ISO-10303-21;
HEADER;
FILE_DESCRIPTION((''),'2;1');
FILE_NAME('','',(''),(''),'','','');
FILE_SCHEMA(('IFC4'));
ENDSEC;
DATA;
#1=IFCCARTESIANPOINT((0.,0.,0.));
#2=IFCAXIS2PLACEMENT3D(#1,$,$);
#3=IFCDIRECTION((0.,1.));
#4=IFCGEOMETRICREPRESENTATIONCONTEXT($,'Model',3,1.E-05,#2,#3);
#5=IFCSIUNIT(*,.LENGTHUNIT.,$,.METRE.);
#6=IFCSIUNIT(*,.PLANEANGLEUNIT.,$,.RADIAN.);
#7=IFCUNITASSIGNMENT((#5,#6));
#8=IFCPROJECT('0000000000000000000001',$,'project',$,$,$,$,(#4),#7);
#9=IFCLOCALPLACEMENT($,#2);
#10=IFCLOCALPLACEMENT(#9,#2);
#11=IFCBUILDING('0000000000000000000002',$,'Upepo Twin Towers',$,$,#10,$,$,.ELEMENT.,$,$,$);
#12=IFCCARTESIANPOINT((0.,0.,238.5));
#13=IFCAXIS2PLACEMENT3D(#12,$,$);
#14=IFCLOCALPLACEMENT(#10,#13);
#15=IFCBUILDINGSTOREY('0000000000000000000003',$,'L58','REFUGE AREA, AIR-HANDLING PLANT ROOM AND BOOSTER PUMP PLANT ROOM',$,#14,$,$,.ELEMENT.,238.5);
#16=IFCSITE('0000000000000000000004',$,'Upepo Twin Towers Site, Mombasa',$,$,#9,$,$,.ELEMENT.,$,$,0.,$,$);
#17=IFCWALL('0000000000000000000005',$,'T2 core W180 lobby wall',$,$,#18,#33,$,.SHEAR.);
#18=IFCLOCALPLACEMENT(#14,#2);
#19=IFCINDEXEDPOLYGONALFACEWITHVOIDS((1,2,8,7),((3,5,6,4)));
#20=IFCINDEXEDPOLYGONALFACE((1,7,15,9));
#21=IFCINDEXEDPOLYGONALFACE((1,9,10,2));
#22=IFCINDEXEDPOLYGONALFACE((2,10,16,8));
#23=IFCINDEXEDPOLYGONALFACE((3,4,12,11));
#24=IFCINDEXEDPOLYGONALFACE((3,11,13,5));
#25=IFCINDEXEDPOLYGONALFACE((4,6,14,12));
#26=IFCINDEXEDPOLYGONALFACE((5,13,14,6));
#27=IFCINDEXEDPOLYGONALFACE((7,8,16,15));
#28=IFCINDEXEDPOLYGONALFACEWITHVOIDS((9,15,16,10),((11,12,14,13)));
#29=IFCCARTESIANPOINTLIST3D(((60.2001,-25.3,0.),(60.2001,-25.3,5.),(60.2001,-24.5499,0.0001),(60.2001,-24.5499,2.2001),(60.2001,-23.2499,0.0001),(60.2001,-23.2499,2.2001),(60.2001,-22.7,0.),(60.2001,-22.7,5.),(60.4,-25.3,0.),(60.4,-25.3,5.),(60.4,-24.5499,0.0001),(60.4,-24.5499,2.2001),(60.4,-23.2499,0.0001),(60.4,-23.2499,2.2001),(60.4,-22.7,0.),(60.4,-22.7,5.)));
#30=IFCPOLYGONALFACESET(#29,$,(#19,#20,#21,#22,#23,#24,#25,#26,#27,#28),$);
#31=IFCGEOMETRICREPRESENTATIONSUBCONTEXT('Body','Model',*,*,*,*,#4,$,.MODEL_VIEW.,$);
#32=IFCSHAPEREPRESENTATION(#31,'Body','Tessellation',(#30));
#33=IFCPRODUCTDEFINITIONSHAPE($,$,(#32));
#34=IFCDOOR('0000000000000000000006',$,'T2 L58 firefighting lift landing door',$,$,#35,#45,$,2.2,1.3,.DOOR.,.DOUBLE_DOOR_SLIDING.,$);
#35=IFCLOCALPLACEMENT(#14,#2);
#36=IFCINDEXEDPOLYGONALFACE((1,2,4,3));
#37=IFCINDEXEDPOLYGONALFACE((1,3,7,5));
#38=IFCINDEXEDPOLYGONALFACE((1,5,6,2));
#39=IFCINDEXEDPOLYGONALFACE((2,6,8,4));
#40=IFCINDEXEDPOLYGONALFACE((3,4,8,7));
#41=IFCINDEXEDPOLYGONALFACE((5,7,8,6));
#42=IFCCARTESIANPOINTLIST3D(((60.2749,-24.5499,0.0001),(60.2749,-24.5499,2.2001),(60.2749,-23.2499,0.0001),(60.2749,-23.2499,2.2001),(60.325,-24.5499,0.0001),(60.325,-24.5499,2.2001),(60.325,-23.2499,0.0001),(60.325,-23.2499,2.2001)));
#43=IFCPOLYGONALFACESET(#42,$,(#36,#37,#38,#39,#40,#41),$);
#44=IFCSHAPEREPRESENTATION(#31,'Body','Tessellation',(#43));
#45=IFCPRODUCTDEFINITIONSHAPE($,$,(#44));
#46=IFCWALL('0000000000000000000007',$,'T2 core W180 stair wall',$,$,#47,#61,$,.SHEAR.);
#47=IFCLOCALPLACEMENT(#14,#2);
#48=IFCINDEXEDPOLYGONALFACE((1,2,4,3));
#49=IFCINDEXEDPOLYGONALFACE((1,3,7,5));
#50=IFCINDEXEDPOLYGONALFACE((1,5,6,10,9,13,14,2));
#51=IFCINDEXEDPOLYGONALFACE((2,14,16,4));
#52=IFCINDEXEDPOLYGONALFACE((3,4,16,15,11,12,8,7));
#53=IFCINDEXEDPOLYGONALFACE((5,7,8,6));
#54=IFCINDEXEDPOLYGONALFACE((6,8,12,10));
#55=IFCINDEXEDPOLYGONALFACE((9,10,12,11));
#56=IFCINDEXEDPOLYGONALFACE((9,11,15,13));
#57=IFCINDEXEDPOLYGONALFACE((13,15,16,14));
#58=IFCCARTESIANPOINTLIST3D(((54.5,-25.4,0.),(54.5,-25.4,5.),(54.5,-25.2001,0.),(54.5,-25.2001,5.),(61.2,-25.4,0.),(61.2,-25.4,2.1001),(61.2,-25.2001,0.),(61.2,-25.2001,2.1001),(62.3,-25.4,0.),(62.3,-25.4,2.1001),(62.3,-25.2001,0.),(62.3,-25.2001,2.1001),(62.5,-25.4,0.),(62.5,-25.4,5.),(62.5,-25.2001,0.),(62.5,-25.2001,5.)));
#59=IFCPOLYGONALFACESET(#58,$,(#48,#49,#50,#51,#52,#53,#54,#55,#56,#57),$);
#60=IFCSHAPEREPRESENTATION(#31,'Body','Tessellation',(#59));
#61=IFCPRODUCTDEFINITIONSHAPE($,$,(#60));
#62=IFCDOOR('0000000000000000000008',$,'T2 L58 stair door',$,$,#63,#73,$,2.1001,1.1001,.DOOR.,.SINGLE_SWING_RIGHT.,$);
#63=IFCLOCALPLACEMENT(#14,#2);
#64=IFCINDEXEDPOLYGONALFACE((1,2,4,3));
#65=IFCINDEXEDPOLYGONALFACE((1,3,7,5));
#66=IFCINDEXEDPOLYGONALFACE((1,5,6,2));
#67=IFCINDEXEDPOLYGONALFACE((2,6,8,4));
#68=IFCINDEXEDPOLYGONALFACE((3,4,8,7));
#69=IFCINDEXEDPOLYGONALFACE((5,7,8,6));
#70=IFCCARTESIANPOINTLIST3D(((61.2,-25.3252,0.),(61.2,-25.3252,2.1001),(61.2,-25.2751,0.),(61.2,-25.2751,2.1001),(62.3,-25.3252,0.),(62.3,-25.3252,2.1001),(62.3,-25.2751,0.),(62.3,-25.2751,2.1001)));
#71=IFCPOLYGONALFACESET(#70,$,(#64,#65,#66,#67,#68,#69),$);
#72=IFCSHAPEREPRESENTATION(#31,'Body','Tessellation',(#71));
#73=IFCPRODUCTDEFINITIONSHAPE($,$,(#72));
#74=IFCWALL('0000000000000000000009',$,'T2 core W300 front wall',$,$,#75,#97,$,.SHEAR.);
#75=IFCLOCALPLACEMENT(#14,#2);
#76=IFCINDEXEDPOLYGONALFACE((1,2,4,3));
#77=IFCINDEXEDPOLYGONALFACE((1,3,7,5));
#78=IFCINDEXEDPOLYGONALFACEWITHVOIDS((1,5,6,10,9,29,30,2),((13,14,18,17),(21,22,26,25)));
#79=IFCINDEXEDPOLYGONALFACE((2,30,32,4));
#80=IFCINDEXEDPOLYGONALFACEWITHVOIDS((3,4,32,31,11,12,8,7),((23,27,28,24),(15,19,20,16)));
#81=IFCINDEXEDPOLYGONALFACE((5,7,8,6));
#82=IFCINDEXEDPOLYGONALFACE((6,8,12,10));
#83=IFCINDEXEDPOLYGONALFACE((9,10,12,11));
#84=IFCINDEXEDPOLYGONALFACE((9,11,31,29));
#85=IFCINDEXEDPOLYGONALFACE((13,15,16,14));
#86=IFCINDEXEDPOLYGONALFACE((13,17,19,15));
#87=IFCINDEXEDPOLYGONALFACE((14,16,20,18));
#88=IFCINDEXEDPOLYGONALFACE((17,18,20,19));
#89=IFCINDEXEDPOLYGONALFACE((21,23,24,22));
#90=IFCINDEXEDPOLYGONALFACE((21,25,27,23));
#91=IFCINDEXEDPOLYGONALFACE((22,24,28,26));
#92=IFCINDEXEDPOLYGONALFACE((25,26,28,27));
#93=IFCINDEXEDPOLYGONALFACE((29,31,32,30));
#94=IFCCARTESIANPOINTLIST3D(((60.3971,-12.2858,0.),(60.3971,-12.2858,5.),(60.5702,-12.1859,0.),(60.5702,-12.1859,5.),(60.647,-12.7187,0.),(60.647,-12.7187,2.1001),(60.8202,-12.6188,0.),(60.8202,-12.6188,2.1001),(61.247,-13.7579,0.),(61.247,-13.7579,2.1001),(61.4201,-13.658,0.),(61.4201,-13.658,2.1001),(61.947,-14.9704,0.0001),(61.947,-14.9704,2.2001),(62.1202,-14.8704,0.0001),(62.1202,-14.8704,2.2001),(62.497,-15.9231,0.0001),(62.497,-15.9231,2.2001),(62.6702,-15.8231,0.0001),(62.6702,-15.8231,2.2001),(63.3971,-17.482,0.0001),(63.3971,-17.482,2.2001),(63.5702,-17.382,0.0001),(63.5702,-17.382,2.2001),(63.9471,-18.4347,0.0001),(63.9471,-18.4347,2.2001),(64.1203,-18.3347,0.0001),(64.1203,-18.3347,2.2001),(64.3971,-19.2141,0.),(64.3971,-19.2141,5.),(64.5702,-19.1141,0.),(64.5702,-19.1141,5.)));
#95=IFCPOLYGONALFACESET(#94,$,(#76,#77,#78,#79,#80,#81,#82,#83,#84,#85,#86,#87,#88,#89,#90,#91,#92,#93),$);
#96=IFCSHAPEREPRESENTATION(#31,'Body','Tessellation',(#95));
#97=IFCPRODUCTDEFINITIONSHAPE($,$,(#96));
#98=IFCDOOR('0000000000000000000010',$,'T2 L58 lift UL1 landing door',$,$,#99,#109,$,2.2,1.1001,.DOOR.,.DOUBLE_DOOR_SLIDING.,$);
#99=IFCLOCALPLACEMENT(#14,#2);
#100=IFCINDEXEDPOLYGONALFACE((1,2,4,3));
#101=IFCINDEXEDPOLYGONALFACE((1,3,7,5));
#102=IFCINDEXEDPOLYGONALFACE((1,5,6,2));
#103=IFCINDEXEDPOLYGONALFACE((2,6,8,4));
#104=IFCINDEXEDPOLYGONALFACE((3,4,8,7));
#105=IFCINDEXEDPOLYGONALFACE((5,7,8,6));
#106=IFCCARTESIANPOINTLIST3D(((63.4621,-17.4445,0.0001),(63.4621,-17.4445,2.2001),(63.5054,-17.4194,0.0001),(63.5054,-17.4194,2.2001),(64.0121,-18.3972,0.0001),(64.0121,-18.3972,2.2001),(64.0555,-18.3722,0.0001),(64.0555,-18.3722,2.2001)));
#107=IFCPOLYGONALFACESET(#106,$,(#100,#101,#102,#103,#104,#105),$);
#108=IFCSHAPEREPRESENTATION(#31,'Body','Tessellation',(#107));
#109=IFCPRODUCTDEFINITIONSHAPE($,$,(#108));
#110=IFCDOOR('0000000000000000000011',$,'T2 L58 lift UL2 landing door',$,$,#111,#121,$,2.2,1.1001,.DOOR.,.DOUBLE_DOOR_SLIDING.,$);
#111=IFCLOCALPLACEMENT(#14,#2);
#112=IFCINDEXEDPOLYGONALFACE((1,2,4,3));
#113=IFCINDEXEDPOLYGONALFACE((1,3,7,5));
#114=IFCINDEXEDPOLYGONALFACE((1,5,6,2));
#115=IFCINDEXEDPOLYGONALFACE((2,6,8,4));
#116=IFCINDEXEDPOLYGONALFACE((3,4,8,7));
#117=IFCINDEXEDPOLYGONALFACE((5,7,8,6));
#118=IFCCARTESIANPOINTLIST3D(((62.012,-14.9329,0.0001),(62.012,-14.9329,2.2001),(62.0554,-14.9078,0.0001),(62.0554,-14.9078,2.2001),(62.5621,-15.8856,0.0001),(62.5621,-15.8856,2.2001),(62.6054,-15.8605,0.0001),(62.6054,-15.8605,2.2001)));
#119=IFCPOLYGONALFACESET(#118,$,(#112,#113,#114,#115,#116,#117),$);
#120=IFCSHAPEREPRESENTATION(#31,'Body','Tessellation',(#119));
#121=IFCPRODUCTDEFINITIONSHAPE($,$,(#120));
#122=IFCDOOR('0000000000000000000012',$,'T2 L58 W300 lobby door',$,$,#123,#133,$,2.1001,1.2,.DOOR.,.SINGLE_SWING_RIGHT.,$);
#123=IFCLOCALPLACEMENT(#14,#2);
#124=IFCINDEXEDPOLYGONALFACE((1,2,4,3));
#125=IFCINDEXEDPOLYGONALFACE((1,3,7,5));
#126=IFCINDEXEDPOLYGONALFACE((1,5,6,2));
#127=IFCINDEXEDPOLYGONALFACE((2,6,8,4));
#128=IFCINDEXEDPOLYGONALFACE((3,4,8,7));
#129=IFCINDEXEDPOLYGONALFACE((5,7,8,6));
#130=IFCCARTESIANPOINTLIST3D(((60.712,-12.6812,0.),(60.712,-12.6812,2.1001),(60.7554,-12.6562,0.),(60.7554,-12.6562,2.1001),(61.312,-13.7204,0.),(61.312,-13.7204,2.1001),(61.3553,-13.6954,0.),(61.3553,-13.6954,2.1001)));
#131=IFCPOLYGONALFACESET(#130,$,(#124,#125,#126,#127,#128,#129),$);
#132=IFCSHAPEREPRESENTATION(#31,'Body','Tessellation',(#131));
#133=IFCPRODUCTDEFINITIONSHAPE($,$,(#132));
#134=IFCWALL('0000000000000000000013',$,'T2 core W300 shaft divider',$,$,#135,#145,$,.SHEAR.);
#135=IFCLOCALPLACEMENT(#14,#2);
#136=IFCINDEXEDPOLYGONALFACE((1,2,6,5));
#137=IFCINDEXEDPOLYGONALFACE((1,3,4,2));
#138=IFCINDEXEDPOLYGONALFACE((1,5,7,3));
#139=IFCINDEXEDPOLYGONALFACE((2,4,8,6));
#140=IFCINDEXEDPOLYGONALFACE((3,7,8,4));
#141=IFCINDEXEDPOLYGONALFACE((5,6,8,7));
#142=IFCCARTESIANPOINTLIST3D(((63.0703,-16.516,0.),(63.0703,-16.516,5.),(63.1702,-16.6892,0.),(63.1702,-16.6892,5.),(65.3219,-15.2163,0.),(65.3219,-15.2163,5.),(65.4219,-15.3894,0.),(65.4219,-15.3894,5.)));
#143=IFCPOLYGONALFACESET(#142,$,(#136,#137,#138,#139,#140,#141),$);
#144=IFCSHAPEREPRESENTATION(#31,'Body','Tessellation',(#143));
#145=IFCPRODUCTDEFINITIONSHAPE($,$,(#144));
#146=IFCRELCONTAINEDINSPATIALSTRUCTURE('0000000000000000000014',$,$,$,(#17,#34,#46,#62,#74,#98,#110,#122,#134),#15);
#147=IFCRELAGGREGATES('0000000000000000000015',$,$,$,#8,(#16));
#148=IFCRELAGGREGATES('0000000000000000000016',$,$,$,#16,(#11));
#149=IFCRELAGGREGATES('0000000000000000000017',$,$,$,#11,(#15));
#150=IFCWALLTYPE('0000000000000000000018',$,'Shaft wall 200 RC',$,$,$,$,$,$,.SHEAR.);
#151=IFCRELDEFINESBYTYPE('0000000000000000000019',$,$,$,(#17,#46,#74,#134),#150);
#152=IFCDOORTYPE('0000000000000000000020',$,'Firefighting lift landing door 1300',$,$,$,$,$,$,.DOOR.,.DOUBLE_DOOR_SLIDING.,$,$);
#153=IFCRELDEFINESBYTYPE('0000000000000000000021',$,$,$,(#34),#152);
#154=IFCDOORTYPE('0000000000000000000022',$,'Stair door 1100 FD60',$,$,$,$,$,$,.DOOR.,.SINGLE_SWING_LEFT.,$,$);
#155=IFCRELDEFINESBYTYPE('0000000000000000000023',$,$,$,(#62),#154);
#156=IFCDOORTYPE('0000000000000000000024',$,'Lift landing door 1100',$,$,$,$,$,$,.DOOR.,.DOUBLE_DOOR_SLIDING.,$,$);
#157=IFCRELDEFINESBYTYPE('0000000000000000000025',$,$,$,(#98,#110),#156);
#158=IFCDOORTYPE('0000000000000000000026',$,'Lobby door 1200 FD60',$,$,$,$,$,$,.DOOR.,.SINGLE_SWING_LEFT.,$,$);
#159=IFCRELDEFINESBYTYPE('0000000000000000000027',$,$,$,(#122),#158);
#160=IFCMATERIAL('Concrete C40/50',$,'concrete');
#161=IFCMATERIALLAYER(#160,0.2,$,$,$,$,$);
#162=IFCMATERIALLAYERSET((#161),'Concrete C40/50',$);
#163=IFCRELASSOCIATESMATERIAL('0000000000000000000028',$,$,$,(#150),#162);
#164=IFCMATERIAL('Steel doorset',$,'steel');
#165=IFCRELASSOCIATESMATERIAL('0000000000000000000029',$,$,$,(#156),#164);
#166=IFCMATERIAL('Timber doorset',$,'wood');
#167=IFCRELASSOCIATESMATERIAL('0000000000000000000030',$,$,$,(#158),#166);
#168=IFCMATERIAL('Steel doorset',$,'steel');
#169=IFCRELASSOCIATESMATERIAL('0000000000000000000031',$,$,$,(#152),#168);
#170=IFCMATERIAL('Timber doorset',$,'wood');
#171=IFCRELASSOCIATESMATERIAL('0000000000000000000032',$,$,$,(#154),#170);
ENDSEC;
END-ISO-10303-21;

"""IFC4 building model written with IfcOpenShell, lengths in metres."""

from ifc_helpers import new_model, si_unit, direction, frame, frame_2d, origin, place, context, subcontext, project, spatial, rectangle, extrude, material, layer, layer_set, type_object, element, fill, save


model = new_model("IFC4")

# Units and contexts
model_context = context("Model", 3, precision=1e-05, world=origin(), true_north=direction((0.0, 1.0)))
body_context = subcontext(model_context, "Body", "Model", "MODEL_VIEW")
ifc_project = project(units=[si_unit("LENGTHUNIT", "METRE"), si_unit("PLANEANGLEUNIT", "RADIAN")], contexts=[model_context])

# Site, building, storey
site_placement = place(None, origin())
site = spatial("IfcSite", under=ifc_project, at=site_placement, Name="Upepo Twin Towers Site, Mombasa", CompositionType="ELEMENT", RefElevation=0.0)
building_placement = place(site_placement, origin())
building = spatial("IfcBuilding", under=site, at=building_placement, Name="Upepo Twin Towers", CompositionType="ELEMENT")
storey_placement = place(building_placement, frame((0.0, 0.0, 238.5)))
storey = spatial("IfcBuildingStorey", under=building, at=storey_placement, Name="L58", Description="REFUGE AREA, AIR-HANDLING PLANT ROOM AND BOOSTER PUMP PLANT ROOM", CompositionType="ELEMENT", Elevation=238.5)

# Shared definitions
ifc_material_1 = material(Name="Concrete C40/50", Category="concrete")
ifc_layer_1 = layer(ifc_material_1, 0.2)
ifc_layer_set_1 = layer_set([ifc_layer_1], Name="Concrete C40/50")
wall_type_1 = type_object("IfcWallType", Name="Shaft wall 200 RC", PredefinedType="SHEAR", material=ifc_layer_set_1)

# Shared definitions
ifc_material_2 = material(Name="Steel doorset", Category="steel")
door_type_1 = type_object("IfcDoorType", Name="Lift landing door 1100", OperationType="DOUBLE_DOOR_SLIDING", PredefinedType="DOOR", material=ifc_material_2)
ifc_material_3 = material(Name="Timber doorset", Category="wood")
door_type_2 = type_object("IfcDoorType", Name="Lobby door 1200 FD60", OperationType="SINGLE_SWING_LEFT", PredefinedType="DOOR", material=ifc_material_3)

# Walls, openings, doors
wall_1_placement = place(storey_placement, frame((60.3, -22.7, 0.0), z_axis=(0.0, 0.0, 1.0), x_axis=(0.0, -1.0, 0.0)))
wall_1 = element("IfcWall", 1, at=wall_1_placement, inside=storey, type_object=wall_type_1, Name="T2 core W180 lobby wall", PredefinedType="SHEAR", context=body_context, shape_type="SweptSolid", body=[
    extrude(rectangle(XDim=2.6001, YDim=0.2, at=frame_2d((1.3, 0.0))), origin(), (0.0, 0.0, 1.0), 5.0),
])
opening_1_placement = place(wall_1_placement, frame((0.55, 0.0, 0.0)))
opening_1 = element("IfcOpeningElement", 2, at=opening_1_placement, cuts=wall_1, PredefinedType="OPENING", context=body_context, shape_type="SweptSolid", body=[
    extrude(rectangle(XDim=1.3, YDim=2.2, at=frame_2d((0.6499, 1.1001))), frame((0.0, 0.1099, 0.0), z_axis=(0.0, -1.0, 0.0), x_axis=(1.0, 0.0, 0.0)), (0.0, 0.0, 1.0), 0.22),
])
ifc_material_4 = material(Name="Steel doorset", Category="steel")
door_type_3 = type_object("IfcDoorType", Name="Firefighting lift landing door 1300", OperationType="DOUBLE_DOOR_SLIDING", PredefinedType="DOOR", material=ifc_material_4)
door_1_placement = place(opening_1_placement, origin())
door_1 = element("IfcDoor", 3, at=door_1_placement, inside=storey, type_object=door_type_3, Name="T2 L58 firefighting lift landing door", OperationType="DOUBLE_DOOR_SLIDING", OverallHeight=2.2, OverallWidth=1.3, PredefinedType="DOOR", context=body_context, shape_type="SweptSolid", body=[
    extrude(rectangle(XDim=1.3, YDim=2.2, at=frame_2d((0.6499, 1.1001))), frame((0.0, 0.0249, 0.0), z_axis=(0.0, -1.0, 0.0), x_axis=(1.0, 0.0, 0.0)), (0.0, 0.0, 1.0), 0.05),
])
fill(opening_1, door_1)
wall_2_placement = place(storey_placement, frame((54.5, -25.3, 0.0), z_axis=(0.0, 0.0, 1.0), x_axis=(1.0, 0.0, 0.0)))
wall_2 = element("IfcWall", 4, at=wall_2_placement, inside=storey, type_object=wall_type_1, Name="T2 core W180 stair wall", PredefinedType="SHEAR", context=body_context, shape_type="SweptSolid", body=[
    extrude(rectangle(XDim=8.0, YDim=0.2, at=frame_2d((4.0, 0.0))), origin(), (0.0, 0.0, 1.0), 5.0),
])
opening_2_placement = place(wall_2_placement, frame((6.7, 0.0, 0.0)))
opening_2 = element("IfcOpeningElement", 5, at=opening_2_placement, cuts=wall_2, PredefinedType="OPENING", context=body_context, shape_type="SweptSolid", body=[
    extrude(rectangle(XDim=1.1001, YDim=2.1001, at=frame_2d((0.55, 1.05))), frame((0.0, 0.1099, 0.0), z_axis=(0.0, -1.0, 0.0), x_axis=(1.0, 0.0, 0.0)), (0.0, 0.0, 1.0), 0.22),
])
ifc_material_5 = material(Name="Timber doorset", Category="wood")
door_type_4 = type_object("IfcDoorType", Name="Stair door 1100 FD60", OperationType="SINGLE_SWING_LEFT", PredefinedType="DOOR", material=ifc_material_5)
door_2_placement = place(opening_2_placement, origin())
door_2 = element("IfcDoor", 6, at=door_2_placement, inside=storey, type_object=door_type_4, Name="T2 L58 stair door", OperationType="SINGLE_SWING_RIGHT", OverallHeight=2.1001, OverallWidth=1.1001, PredefinedType="DOOR", context=body_context, shape_type="SweptSolid", body=[
    extrude(rectangle(XDim=1.1001, YDim=2.1001, at=frame_2d((0.55, 1.05))), frame((0.0, 0.0249, 0.0), z_axis=(0.0, -1.0, 0.0), x_axis=(1.0, 0.0, 0.0)), (0.0, 0.0, 1.0), 0.05),
])
fill(opening_2, door_2)

# Wall, openings, doors
wall_3_placement = place(storey_placement, frame((64.4836, -19.1641, 0.0), z_axis=(0.0, 0.0, 1.0), x_axis=(-0.499999, 0.866026, 0.0)))
wall_3 = element("IfcWall", 7, at=wall_3_placement, inside=storey, type_object=wall_type_1, Name="T2 core W300 front wall", PredefinedType="SHEAR", context=body_context, shape_type="SweptSolid", body=[
    extrude(rectangle(XDim=8.0, YDim=0.2, at=frame_2d((4.0, 0.0))), origin(), (0.0, 0.0, 1.0), 5.0),
])
opening_3_placement = place(wall_3_placement, frame((6.3, 0.0, 0.0)))
opening_3 = element("IfcOpeningElement", 8, at=opening_3_placement, cuts=wall_3, PredefinedType="OPENING", context=body_context, shape_type="SweptSolid", body=[
    extrude(rectangle(XDim=1.2, YDim=2.1001, at=frame_2d((0.6001, 1.05))), frame((0.0, 0.1099, 0.0), z_axis=(0.0, -1.0, 0.0), x_axis=(1.0, 0.0, 0.0)), (0.0, 0.0, 1.0), 0.22),
])
opening_4_placement = place(wall_3_placement, frame((0.8999, 0.0, 0.0)))
opening_4 = element("IfcOpeningElement", 9, at=opening_4_placement, cuts=wall_3, PredefinedType="OPENING", context=body_context, shape_type="SweptSolid", body=[
    extrude(rectangle(XDim=1.1001, YDim=2.2, at=frame_2d((0.55, 1.1001))), frame((0.0, 0.1099, 0.0), z_axis=(0.0, -1.0, 0.0), x_axis=(1.0, 0.0, 0.0)), (0.0, 0.0, 1.0), 0.22),
])
opening_5_placement = place(wall_3_placement, frame((3.8, 0.0, 0.0)))
opening_5 = element("IfcOpeningElement", 10, at=opening_5_placement, cuts=wall_3, PredefinedType="OPENING", context=body_context, shape_type="SweptSolid", body=[
    extrude(rectangle(XDim=1.1001, YDim=2.2, at=frame_2d((0.55, 1.1001))), frame((0.0, 0.1099, 0.0), z_axis=(0.0, -1.0, 0.0), x_axis=(1.0, 0.0, 0.0)), (0.0, 0.0, 1.0), 0.22),
])
door_3_placement = place(opening_4_placement, origin())
door_3 = element("IfcDoor", 11, at=door_3_placement, inside=storey, type_object=door_type_1, Name="T2 L58 lift UL1 landing door", OperationType="DOUBLE_DOOR_SLIDING", OverallHeight=2.2, OverallWidth=1.1001, PredefinedType="DOOR", context=body_context, shape_type="SweptSolid", body=[
    extrude(rectangle(XDim=1.1001, YDim=2.2, at=frame_2d((0.55, 1.1001))), frame((0.0, 0.0249, 0.0), z_axis=(0.0, -1.0, 0.0), x_axis=(1.0, 0.0, 0.0)), (0.0, 0.0, 1.0), 0.05),
])
fill(opening_4, door_3)
door_4_placement = place(opening_5_placement, origin())
door_4 = element("IfcDoor", 12, at=door_4_placement, inside=storey, type_object=door_type_1, Name="T2 L58 lift UL2 landing door", OperationType="DOUBLE_DOOR_SLIDING", OverallHeight=2.2, OverallWidth=1.1001, PredefinedType="DOOR", context=body_context, shape_type="SweptSolid", body=[
    extrude(rectangle(XDim=1.1001, YDim=2.2, at=frame_2d((0.55, 1.1001))), frame((0.0, 0.0249, 0.0), z_axis=(0.0, -1.0, 0.0), x_axis=(1.0, 0.0, 0.0)), (0.0, 0.0, 1.0), 0.05),
])
fill(opening_5, door_4)
door_5_placement = place(opening_3_placement, origin())
door_5 = element("IfcDoor", 13, at=door_5_placement, inside=storey, type_object=door_type_2, Name="T2 L58 W300 lobby door", OperationType="SINGLE_SWING_RIGHT", OverallHeight=2.1001, OverallWidth=1.2, PredefinedType="DOOR", context=body_context, shape_type="SweptSolid", body=[
    extrude(rectangle(XDim=1.2, YDim=2.1001, at=frame_2d((0.6001, 1.05))), frame((0.0, 0.0249, 0.0), z_axis=(0.0, -1.0, 0.0), x_axis=(1.0, 0.0, 0.0)), (0.0, 0.0, 1.0), 0.05),
])
fill(opening_3, door_5)

# Wall
wall_4_placement = place(storey_placement, frame((63.1204, -16.6025, 0.0), z_axis=(0.0, 0.0, 1.0), x_axis=(0.866062, 0.499937, 0.0)))
element("IfcWall", 14, at=wall_4_placement, inside=storey, type_object=wall_type_1, Name="T2 core W300 shaft divider", PredefinedType="SHEAR", context=body_context, shape_type="SweptSolid", body=[
    extrude(rectangle(XDim=2.5999, YDim=0.2, at=frame_2d((1.2998, 0.0))), origin(), (0.0, 0.0, 1.0), 5.0),
])

save(model, "model.ifc")
